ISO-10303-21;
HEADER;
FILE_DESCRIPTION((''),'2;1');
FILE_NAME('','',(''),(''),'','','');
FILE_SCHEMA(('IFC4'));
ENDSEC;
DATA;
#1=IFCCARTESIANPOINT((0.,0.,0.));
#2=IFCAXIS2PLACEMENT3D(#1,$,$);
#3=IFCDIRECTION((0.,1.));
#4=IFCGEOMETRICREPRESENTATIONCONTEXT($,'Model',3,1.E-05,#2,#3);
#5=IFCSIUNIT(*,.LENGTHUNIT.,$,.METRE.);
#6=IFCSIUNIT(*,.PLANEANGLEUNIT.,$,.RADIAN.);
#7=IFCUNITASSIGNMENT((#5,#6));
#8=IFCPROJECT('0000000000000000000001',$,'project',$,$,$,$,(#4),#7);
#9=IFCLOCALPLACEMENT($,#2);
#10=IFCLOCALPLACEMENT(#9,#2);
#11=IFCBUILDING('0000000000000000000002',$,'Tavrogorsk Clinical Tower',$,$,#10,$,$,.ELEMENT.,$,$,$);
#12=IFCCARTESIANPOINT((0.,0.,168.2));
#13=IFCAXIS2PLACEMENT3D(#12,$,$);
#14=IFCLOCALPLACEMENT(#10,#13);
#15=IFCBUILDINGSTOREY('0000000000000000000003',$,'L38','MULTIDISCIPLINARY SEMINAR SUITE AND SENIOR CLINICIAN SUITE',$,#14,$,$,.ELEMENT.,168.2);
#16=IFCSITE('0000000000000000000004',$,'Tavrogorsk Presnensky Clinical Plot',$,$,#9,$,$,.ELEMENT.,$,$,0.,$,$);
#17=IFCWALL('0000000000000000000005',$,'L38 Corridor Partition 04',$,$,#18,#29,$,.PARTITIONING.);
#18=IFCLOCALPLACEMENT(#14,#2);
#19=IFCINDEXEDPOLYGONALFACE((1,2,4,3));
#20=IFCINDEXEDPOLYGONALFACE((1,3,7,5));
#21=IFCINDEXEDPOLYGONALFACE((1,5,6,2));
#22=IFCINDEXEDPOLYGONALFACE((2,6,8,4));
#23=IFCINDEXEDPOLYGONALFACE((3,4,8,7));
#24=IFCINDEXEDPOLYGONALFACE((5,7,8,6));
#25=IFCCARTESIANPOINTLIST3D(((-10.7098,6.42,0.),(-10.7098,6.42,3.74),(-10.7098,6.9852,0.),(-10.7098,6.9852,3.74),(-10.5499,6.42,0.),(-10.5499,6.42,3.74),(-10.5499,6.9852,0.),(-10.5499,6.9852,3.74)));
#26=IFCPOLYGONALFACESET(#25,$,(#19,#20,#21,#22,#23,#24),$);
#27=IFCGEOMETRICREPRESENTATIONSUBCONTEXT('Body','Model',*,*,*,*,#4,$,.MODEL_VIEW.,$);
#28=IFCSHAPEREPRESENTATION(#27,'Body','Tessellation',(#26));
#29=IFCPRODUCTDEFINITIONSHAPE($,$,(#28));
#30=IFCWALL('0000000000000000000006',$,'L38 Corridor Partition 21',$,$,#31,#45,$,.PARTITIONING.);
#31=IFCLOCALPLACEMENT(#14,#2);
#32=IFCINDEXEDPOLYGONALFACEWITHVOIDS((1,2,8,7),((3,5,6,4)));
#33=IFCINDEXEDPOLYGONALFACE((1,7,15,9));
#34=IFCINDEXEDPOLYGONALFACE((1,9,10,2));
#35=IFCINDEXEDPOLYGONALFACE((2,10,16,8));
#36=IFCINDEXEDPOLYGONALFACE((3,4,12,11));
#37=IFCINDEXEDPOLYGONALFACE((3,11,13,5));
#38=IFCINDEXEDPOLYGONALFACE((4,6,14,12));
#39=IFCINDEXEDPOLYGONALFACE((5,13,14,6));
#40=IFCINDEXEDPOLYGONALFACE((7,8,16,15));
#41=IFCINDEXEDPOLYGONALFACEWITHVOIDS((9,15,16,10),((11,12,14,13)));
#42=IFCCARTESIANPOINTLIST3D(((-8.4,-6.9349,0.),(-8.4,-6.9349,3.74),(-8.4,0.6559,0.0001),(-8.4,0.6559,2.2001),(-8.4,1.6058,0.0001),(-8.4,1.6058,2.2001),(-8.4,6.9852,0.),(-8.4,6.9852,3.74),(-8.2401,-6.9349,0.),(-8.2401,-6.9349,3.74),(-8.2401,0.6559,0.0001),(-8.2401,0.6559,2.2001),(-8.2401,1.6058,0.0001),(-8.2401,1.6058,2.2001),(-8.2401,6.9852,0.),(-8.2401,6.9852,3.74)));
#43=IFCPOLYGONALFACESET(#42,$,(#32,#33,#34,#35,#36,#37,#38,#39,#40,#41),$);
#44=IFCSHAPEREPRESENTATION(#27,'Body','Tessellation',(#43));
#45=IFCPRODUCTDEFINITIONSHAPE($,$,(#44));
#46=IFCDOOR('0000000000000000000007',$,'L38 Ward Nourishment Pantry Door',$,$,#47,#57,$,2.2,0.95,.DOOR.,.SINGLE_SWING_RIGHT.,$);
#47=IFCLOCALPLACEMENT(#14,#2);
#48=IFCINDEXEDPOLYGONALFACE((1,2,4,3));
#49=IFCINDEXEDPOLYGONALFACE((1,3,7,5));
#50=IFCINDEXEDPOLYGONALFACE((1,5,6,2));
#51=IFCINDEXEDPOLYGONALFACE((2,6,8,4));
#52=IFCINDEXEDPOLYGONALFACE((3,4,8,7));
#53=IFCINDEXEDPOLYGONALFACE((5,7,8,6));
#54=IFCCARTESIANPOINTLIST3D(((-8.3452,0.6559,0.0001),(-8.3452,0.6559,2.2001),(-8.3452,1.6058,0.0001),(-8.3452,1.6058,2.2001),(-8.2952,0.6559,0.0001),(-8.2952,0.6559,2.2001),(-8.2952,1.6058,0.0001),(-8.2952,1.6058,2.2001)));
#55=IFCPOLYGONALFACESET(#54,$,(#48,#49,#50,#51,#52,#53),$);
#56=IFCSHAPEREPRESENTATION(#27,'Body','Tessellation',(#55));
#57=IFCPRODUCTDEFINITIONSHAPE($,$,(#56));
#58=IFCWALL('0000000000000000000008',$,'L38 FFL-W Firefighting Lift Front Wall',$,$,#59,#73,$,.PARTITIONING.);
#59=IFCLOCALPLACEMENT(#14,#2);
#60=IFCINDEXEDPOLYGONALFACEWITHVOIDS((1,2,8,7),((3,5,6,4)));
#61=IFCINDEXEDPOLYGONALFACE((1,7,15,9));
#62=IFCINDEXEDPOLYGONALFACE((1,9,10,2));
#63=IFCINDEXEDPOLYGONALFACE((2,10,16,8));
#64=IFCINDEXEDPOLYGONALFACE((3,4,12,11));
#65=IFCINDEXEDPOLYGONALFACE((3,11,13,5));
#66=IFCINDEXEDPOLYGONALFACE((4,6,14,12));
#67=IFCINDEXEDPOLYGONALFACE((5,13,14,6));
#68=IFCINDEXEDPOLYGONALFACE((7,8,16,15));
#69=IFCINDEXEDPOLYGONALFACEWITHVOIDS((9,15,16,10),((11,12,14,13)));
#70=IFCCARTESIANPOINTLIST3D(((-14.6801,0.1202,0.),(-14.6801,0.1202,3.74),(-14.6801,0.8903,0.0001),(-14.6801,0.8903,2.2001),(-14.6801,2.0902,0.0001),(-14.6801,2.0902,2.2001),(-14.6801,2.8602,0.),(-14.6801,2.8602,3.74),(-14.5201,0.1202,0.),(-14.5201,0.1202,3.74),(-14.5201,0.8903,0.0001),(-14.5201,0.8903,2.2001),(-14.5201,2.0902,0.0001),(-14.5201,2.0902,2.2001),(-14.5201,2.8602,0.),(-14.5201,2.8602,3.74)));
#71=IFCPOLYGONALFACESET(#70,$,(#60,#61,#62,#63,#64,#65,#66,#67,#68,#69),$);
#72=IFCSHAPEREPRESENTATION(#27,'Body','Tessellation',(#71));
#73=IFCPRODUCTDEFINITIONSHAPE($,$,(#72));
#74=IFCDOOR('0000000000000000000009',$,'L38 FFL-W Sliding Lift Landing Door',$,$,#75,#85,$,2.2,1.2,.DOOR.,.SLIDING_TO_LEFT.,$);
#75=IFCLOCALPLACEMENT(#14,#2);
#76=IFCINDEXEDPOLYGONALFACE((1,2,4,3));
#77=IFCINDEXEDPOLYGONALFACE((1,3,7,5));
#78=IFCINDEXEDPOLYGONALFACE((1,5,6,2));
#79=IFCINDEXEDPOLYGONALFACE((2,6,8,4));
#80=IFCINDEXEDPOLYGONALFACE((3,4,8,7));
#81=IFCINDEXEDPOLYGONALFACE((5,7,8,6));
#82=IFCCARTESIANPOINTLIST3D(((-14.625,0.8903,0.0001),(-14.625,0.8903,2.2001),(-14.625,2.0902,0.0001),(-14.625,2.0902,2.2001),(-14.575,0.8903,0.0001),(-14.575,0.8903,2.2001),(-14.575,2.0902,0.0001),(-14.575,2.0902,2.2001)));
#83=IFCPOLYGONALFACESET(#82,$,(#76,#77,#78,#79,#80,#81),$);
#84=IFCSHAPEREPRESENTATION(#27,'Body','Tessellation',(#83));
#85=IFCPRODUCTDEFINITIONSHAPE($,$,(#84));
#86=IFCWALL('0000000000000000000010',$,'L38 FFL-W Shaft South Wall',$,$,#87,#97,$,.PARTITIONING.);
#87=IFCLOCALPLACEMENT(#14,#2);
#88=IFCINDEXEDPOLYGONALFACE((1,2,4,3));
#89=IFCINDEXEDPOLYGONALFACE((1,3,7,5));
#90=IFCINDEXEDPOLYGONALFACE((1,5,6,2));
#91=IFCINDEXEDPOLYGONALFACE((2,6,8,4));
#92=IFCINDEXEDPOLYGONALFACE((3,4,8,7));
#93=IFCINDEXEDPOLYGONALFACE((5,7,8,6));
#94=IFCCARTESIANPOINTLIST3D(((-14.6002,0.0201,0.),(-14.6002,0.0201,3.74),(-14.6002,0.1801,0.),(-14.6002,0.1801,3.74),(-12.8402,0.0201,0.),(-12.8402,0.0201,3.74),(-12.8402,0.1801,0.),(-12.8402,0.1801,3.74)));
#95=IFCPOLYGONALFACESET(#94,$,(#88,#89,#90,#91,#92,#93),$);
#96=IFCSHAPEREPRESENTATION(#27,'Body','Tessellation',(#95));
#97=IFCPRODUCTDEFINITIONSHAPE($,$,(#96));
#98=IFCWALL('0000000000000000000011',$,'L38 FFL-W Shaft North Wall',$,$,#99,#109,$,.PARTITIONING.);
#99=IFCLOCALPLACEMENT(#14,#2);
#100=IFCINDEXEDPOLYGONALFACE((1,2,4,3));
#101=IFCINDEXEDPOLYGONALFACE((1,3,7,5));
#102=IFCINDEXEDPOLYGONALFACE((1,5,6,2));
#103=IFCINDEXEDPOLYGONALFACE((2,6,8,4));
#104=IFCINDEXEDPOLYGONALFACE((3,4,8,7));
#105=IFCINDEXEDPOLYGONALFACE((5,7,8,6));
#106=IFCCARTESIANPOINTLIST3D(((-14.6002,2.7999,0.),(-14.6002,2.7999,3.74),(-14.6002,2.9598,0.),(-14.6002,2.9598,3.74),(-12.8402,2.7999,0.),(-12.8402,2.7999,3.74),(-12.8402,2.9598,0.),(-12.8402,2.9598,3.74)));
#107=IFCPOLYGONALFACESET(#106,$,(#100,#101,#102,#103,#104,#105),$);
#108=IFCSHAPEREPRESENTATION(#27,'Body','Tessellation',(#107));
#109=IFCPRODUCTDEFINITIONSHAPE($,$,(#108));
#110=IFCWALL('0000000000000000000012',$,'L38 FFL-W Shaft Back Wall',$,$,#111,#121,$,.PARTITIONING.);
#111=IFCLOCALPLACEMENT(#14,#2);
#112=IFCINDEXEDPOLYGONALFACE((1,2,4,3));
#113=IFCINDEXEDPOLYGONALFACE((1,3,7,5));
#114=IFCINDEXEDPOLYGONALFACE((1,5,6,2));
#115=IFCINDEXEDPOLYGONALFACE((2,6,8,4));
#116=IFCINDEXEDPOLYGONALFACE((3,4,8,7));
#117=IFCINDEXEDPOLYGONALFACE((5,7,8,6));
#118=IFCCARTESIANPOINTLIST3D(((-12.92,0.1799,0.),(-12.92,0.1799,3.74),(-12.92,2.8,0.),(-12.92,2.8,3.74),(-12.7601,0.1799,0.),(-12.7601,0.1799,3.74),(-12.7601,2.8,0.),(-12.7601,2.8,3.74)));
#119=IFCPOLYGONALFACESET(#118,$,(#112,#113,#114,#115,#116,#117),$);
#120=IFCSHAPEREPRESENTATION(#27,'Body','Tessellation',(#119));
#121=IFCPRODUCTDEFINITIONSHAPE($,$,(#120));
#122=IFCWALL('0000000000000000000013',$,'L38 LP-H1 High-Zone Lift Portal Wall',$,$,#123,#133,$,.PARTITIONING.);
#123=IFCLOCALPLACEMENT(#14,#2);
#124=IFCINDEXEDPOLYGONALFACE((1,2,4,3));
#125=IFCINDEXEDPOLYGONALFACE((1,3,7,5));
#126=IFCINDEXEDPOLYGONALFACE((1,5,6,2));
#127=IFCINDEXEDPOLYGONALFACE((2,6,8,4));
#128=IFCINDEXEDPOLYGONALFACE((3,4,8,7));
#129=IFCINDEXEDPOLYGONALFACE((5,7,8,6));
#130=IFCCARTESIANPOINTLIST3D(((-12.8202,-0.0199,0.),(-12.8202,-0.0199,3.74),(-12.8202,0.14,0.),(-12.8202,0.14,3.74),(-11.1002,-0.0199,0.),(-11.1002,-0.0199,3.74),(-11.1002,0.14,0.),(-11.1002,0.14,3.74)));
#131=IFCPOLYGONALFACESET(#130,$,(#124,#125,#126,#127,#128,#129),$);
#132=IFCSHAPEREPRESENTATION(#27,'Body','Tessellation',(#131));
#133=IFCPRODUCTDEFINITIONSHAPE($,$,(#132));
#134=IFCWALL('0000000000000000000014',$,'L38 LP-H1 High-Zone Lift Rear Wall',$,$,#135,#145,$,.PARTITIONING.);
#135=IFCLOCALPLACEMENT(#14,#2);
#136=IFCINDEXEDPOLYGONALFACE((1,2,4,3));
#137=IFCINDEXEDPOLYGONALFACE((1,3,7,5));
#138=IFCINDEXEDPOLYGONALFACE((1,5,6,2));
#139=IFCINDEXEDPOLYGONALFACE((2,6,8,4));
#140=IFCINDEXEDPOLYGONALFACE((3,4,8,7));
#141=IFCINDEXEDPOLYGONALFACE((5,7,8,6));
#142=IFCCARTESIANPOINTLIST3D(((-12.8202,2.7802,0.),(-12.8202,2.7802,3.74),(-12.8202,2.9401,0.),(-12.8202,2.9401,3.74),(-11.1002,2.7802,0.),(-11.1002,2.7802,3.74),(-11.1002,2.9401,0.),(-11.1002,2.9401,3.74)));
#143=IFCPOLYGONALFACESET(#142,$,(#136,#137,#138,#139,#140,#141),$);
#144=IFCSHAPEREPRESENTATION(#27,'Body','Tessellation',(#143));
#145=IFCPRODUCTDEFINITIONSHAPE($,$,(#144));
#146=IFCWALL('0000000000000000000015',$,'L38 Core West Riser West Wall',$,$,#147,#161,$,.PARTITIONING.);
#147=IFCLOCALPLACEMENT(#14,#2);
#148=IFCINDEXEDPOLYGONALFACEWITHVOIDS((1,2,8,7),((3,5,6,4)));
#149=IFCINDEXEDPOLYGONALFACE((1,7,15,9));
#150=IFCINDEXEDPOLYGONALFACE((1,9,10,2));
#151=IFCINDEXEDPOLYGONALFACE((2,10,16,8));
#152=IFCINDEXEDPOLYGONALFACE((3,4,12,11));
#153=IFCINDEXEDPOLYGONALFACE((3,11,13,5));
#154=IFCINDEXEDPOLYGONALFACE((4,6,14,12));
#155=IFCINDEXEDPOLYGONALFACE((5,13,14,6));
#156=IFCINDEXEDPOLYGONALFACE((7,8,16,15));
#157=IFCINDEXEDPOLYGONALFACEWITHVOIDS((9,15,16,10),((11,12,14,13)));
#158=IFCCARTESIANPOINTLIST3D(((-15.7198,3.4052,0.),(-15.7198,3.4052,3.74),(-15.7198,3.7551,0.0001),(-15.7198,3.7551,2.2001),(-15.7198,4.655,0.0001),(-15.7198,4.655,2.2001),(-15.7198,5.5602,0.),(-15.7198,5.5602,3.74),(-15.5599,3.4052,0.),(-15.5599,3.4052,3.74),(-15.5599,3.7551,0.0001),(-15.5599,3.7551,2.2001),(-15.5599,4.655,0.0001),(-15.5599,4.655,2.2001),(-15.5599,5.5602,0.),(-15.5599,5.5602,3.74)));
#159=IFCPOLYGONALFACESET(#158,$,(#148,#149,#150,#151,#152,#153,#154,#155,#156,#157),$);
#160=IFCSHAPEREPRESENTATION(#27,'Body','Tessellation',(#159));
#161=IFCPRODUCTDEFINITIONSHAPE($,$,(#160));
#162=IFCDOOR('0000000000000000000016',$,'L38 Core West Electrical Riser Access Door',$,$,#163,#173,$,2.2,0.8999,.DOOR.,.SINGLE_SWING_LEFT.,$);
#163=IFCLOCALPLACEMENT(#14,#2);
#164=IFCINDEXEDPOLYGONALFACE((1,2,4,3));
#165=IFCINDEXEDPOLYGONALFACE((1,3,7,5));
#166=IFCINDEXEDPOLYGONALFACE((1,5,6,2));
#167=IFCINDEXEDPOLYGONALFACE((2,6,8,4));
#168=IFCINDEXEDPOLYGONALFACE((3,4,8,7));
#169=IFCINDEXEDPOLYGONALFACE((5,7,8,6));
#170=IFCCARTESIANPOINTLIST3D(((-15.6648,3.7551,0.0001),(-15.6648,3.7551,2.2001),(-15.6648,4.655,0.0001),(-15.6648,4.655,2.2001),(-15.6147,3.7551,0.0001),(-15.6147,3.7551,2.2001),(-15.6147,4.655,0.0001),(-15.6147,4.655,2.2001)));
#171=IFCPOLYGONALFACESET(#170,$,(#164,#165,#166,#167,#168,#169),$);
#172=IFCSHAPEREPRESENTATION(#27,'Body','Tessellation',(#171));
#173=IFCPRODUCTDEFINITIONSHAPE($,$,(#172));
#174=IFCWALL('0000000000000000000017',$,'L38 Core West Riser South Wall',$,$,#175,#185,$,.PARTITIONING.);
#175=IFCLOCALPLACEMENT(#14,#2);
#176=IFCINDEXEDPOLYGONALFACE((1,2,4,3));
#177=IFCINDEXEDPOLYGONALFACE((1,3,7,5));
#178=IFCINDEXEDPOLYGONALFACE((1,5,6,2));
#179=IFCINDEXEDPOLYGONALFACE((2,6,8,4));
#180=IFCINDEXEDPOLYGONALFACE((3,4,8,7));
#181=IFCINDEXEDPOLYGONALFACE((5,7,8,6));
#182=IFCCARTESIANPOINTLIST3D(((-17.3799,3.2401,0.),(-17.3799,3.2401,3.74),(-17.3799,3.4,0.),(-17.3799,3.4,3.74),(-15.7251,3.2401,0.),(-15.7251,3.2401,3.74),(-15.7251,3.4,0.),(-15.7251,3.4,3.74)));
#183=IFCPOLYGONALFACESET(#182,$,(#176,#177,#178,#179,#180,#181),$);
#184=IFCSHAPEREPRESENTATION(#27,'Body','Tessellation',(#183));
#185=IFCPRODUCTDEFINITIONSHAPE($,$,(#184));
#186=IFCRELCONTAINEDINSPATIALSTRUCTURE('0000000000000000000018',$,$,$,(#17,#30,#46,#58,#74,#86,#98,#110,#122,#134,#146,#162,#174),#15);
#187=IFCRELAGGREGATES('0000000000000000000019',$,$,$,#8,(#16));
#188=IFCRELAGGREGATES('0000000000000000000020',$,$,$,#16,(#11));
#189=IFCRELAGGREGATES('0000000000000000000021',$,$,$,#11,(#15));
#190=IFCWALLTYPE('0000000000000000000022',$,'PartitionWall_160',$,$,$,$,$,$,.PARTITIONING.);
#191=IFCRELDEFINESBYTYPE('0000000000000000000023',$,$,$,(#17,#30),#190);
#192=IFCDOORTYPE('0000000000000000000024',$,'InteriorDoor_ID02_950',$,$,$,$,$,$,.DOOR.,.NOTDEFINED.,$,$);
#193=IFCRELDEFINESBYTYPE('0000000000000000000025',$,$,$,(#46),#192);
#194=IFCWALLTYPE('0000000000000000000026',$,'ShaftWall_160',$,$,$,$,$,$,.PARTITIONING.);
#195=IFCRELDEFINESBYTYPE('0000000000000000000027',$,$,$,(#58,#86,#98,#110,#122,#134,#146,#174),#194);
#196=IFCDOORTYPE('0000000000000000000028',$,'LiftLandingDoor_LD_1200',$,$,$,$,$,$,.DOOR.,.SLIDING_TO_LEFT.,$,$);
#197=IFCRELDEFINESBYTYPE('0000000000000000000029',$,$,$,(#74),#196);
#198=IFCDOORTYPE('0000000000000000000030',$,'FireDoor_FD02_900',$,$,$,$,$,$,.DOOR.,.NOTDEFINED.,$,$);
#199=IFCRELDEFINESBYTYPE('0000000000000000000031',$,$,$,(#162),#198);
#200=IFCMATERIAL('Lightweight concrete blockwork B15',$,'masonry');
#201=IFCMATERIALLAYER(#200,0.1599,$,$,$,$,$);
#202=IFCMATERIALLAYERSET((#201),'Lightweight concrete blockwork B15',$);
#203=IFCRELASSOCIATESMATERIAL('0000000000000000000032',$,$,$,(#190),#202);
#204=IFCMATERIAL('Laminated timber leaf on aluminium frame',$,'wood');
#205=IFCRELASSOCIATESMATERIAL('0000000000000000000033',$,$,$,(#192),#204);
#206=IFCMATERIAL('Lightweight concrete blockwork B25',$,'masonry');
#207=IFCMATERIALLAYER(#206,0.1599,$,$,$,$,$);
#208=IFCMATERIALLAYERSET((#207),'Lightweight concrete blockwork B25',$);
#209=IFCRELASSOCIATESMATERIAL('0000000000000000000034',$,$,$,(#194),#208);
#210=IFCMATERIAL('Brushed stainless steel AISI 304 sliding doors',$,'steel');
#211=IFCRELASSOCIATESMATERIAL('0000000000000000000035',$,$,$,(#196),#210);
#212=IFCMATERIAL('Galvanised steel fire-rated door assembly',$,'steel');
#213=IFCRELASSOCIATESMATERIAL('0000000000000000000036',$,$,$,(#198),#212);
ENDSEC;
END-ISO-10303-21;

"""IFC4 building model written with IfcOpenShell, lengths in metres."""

from ifc_helpers import new_model, si_unit, direction, frame, frame_2d, origin, place, context, subcontext, project, spatial, rectangle, extrude, material, layer, layer_set, type_object, element, fill, save


model = new_model("IFC4")

# Units and contexts
model_context = context("Model", 3, precision=1e-05, world=origin(), true_north=direction((0.0, 1.0)))
body_context = subcontext(model_context, "Body", "Model", "MODEL_VIEW")
ifc_project = project(units=[si_unit("LENGTHUNIT", "METRE"), si_unit("PLANEANGLEUNIT", "RADIAN")], contexts=[model_context])

# Site, building, storey
site_placement = place(None, origin())
site = spatial("IfcSite", under=ifc_project, at=site_placement, Name="Tavrogorsk Presnensky Clinical Plot", CompositionType="ELEMENT", RefElevation=0.0)
building_placement = place(site_placement, origin())
building = spatial("IfcBuilding", under=site, at=building_placement, Name="Tavrogorsk Clinical Tower", CompositionType="ELEMENT")
storey_placement = place(building_placement, frame((0.0, 0.0, 168.2)))
storey = spatial("IfcBuildingStorey", under=building, at=storey_placement, Name="L38", Description="MULTIDISCIPLINARY SEMINAR SUITE AND SENIOR CLINICIAN SUITE", CompositionType="ELEMENT", Elevation=168.2)

# Shared definitions
ifc_material_1 = material(Name="Lightweight concrete blockwork B15", Category="masonry")
ifc_layer_1 = layer(ifc_material_1, 0.1599)
ifc_layer_set_1 = layer_set([ifc_layer_1], Name="Lightweight concrete blockwork B15")
wall_type_1 = type_object("IfcWallType", Name="PartitionWall_160", PredefinedType="PARTITIONING", material=ifc_layer_set_1)
ifc_material_2 = material(Name="Laminated timber leaf on aluminium frame", Category="wood")
door_type_1 = type_object("IfcDoorType", Name="InteriorDoor_ID02_950", OperationType="NOTDEFINED", PredefinedType="DOOR", material=ifc_material_2)

# Wall
wall_1_placement = place(storey_placement, frame((-10.6299, 6.4199, 0.0), z_axis=(0.0, 0.0, 1.0), x_axis=(0.0, 1.0, 0.0)))
element("IfcWall", 1, at=wall_1_placement, inside=storey, type_object=wall_type_1, Name="L38 Corridor Partition 04", PredefinedType="PARTITIONING", context=body_context, shape_type="SweptSolid", body=[
    extrude(rectangle(XDim=0.5652, YDim=0.1599, at=frame_2d((0.2827, 0.0))), origin(), (0.0, 0.0, 1.0), 3.74),
])

# Walls, openings, doors
wall_2_placement = place(storey_placement, frame((-8.3201, 6.9851, 0.0), z_axis=(0.0, 0.0, 1.0), x_axis=(0.0, -1.0, 0.0)))
wall_2 = element("IfcWall", 2, at=wall_2_placement, inside=storey, type_object=wall_type_1, Name="L38 Corridor Partition 21", PredefinedType="PARTITIONING", context=body_context, shape_type="SweptSolid", body=[
    extrude(rectangle(XDim=13.9202, YDim=0.1599, at=frame_2d((6.96, 0.0))), origin(), (0.0, 0.0, 1.0), 3.74),
])
opening_1_placement = place(wall_2_placement, frame((5.3792, 0.0, 0.0)))
opening_1 = element("IfcOpeningElement", 3, at=opening_1_placement, cuts=wall_2, PredefinedType="OPENING", context=body_context, shape_type="SweptSolid", body=[
    extrude(rectangle(XDim=0.95, YDim=2.2, at=frame_2d((0.4751, 1.1001))), frame((0.0, 0.0898, 0.0), z_axis=(0.0, -1.0, 0.0), x_axis=(1.0, 0.0, 0.0)), (0.0, 0.0, 1.0), 0.1799),
])
door_1_placement = place(opening_1_placement, origin())
door_1 = element("IfcDoor", 4, at=door_1_placement, inside=storey, type_object=door_type_1, Name="L38 Ward Nourishment Pantry Door", OperationType="SINGLE_SWING_RIGHT", OverallHeight=2.2, OverallWidth=0.95, PredefinedType="DOOR", context=body_context, shape_type="SweptSolid", body=[
    extrude(rectangle(XDim=0.95, YDim=2.2, at=frame_2d((0.4751, 1.1001))), frame((0.0, 0.0249, 0.0), z_axis=(0.0, -1.0, 0.0), x_axis=(1.0, 0.0, 0.0)), (0.0, 0.0, 1.0), 0.05),
])
fill(opening_1, door_1)
ifc_material_3 = material(Name="Lightweight concrete blockwork B25", Category="masonry")
ifc_layer_2 = layer(ifc_material_3, 0.1599)
ifc_layer_set_2 = layer_set([ifc_layer_2], Name="Lightweight concrete blockwork B25")
wall_type_2 = type_object("IfcWallType", Name="ShaftWall_160", PredefinedType="PARTITIONING", material=ifc_layer_set_2)
wall_3_placement = place(storey_placement, frame((-14.6001, 0.1201, 0.0), z_axis=(0.0, 0.0, 1.0), x_axis=(0.0, 1.0, 0.0)))
wall_3 = element("IfcWall", 5, at=wall_3_placement, inside=storey, type_object=wall_type_2, Name="L38 FFL-W Firefighting Lift Front Wall", PredefinedType="PARTITIONING", context=body_context, shape_type="SweptSolid", body=[
    extrude(rectangle(XDim=2.74, YDim=0.1599, at=frame_2d((1.3701, 0.0))), origin(), (0.0, 0.0, 1.0), 3.74),
])
opening_2_placement = place(wall_3_placement, frame((0.77, 0.0, 0.0)))
opening_2 = element("IfcOpeningElement", 6, at=opening_2_placement, cuts=wall_3, PredefinedType="OPENING", context=body_context, shape_type="SweptSolid", body=[
    extrude(rectangle(XDim=1.2, YDim=2.2, at=frame_2d((0.6001, 1.1001))), frame((0.0, 0.0898, 0.0), z_axis=(0.0, -1.0, 0.0), x_axis=(1.0, 0.0, 0.0)), (0.0, 0.0, 1.0), 0.1799),
])
ifc_material_4 = material(Name="Brushed stainless steel AISI 304 sliding doors", Category="steel")
door_type_2 = type_object("IfcDoorType", Name="LiftLandingDoor_LD_1200", OperationType="SLIDING_TO_LEFT", PredefinedType="DOOR", material=ifc_material_4)
door_2_placement = place(opening_2_placement, origin())
door_2 = element("IfcDoor", 7, at=door_2_placement, inside=storey, type_object=door_type_2, Name="L38 FFL-W Sliding Lift Landing Door", OperationType="SLIDING_TO_LEFT", OverallHeight=2.2, OverallWidth=1.2, PredefinedType="DOOR", context=body_context, shape_type="SweptSolid", body=[
    extrude(rectangle(XDim=1.2, YDim=2.2, at=frame_2d((0.6001, 1.1001))), frame((0.0, 0.0249, 0.0), z_axis=(0.0, -1.0, 0.0), x_axis=(1.0, 0.0, 0.0)), (0.0, 0.0, 1.0), 0.05),
])
fill(opening_2, door_2)

# Walls
for number, where, z_axis, x_axis, name in (
    (8, (-14.6001, 0.1001, 0.0), (0.0, 0.0, 1.0), (1.0, 0.0, 0.0), "L38 FFL-W Shaft South Wall"),
    (9, (-14.6001, 2.8799, 0.0), (0.0, 0.0, 1.0), (1.0, 0.0, 0.0), "L38 FFL-W Shaft North Wall"),
):
    element("IfcWall", number, at=place(storey_placement, frame(where, z_axis=z_axis, x_axis=x_axis)), inside=storey, type_object=wall_type_2, Name=name, PredefinedType="PARTITIONING", context=body_context, shape_type="SweptSolid", body=[
        extrude(rectangle(XDim=1.76, YDim=0.1599, at=frame_2d((0.8799, 0.0))), origin(), (0.0, 0.0, 1.0), 3.74),
    ])
wall_4_placement = place(storey_placement, frame((-12.8401, 0.1799, 0.0), z_axis=(0.0, 0.0, 1.0), x_axis=(0.0, 1.0, 0.0)))
element("IfcWall", 10, at=wall_4_placement, inside=storey, type_object=wall_type_2, Name="L38 FFL-W Shaft Back Wall", PredefinedType="PARTITIONING", context=body_context, shape_type="SweptSolid", body=[
    extrude(rectangle(XDim=2.6201, YDim=0.1599, at=frame_2d((1.3101, 0.0))), origin(), (0.0, 0.0, 1.0), 3.74),
])
for number, where, z_axis, x_axis, name in (
    (11, (-12.8201, 0.0601, 0.0), (0.0, 0.0, 1.0), (1.0, 0.0, 0.0), "L38 LP-H1 High-Zone Lift Portal Wall"),
    (12, (-12.8201, 2.8601, 0.0), (0.0, 0.0, 1.0), (1.0, 0.0, 0.0), "L38 LP-H1 High-Zone Lift Rear Wall"),
):
    element("IfcWall", number, at=place(storey_placement, frame(where, z_axis=z_axis, x_axis=x_axis)), inside=storey, type_object=wall_type_2, Name=name, PredefinedType="PARTITIONING", context=body_context, shape_type="SweptSolid", body=[
        extrude(rectangle(XDim=1.72, YDim=0.1599, at=frame_2d((0.8599, 0.0))), origin(), (0.0, 0.0, 1.0), 3.74),
    ])

# Wall, opening, door
wall_5_placement = place(storey_placement, frame((-15.6399, 3.405, 0.0), z_axis=(0.0, 0.0, 1.0), x_axis=(0.0, 1.0, 0.0)))
wall_5 = element("IfcWall", 13, at=wall_5_placement, inside=storey, type_object=wall_type_2, Name="L38 Core West Riser West Wall", PredefinedType="PARTITIONING", context=body_context, shape_type="SweptSolid", body=[
    extrude(rectangle(XDim=2.155, YDim=0.1599, at=frame_2d((1.0776, 0.0))), origin(), (0.0, 0.0, 1.0), 3.74),
])
opening_3_placement = place(wall_5_placement, frame((0.3501, 0.0, 0.0)))
opening_3 = element("IfcOpeningElement", 14, at=opening_3_placement, cuts=wall_5, PredefinedType="OPENING", context=body_context, shape_type="SweptSolid", body=[
    extrude(rectangle(XDim=0.8999, YDim=2.2, at=frame_2d((0.45, 1.1001))), frame((0.0, 0.0898, 0.0), z_axis=(0.0, -1.0, 0.0), x_axis=(1.0, 0.0, 0.0)), (0.0, 0.0, 1.0), 0.1799),
])
ifc_material_5 = material(Name="Galvanised steel fire-rated door assembly", Category="steel")
door_type_3 = type_object("IfcDoorType", Name="FireDoor_FD02_900", OperationType="NOTDEFINED", PredefinedType="DOOR", material=ifc_material_5)
door_3_placement = place(opening_3_placement, origin())
door_3 = element("IfcDoor", 15, at=door_3_placement, inside=storey, type_object=door_type_3, Name="L38 Core West Electrical Riser Access Door", OperationType="SINGLE_SWING_LEFT", OverallHeight=2.2, OverallWidth=0.8999, PredefinedType="DOOR", context=body_context, shape_type="SweptSolid", body=[
    extrude(rectangle(XDim=0.8999, YDim=2.2, at=frame_2d((0.45, 1.1001))), frame((0.0, 0.0249, 0.0), z_axis=(0.0, -1.0, 0.0), x_axis=(1.0, 0.0, 0.0)), (0.0, 0.0, 1.0), 0.05),
])
fill(opening_3, door_3)

# Wall
wall_6_placement = place(storey_placement, frame((-17.3799, 3.3201, 0.0), z_axis=(0.0, 0.0, 1.0), x_axis=(1.0, 0.0, 0.0)))
element("IfcWall", 16, at=wall_6_placement, inside=storey, type_object=wall_type_2, Name="L38 Core West Riser South Wall", PredefinedType="PARTITIONING", context=body_context, shape_type="SweptSolid", body=[
    extrude(rectangle(XDim=1.6548, YDim=0.1599, at=frame_2d((0.8274, 0.0))), origin(), (0.0, 0.0, 1.0), 3.74),
])

save(model, "model.ifc")
